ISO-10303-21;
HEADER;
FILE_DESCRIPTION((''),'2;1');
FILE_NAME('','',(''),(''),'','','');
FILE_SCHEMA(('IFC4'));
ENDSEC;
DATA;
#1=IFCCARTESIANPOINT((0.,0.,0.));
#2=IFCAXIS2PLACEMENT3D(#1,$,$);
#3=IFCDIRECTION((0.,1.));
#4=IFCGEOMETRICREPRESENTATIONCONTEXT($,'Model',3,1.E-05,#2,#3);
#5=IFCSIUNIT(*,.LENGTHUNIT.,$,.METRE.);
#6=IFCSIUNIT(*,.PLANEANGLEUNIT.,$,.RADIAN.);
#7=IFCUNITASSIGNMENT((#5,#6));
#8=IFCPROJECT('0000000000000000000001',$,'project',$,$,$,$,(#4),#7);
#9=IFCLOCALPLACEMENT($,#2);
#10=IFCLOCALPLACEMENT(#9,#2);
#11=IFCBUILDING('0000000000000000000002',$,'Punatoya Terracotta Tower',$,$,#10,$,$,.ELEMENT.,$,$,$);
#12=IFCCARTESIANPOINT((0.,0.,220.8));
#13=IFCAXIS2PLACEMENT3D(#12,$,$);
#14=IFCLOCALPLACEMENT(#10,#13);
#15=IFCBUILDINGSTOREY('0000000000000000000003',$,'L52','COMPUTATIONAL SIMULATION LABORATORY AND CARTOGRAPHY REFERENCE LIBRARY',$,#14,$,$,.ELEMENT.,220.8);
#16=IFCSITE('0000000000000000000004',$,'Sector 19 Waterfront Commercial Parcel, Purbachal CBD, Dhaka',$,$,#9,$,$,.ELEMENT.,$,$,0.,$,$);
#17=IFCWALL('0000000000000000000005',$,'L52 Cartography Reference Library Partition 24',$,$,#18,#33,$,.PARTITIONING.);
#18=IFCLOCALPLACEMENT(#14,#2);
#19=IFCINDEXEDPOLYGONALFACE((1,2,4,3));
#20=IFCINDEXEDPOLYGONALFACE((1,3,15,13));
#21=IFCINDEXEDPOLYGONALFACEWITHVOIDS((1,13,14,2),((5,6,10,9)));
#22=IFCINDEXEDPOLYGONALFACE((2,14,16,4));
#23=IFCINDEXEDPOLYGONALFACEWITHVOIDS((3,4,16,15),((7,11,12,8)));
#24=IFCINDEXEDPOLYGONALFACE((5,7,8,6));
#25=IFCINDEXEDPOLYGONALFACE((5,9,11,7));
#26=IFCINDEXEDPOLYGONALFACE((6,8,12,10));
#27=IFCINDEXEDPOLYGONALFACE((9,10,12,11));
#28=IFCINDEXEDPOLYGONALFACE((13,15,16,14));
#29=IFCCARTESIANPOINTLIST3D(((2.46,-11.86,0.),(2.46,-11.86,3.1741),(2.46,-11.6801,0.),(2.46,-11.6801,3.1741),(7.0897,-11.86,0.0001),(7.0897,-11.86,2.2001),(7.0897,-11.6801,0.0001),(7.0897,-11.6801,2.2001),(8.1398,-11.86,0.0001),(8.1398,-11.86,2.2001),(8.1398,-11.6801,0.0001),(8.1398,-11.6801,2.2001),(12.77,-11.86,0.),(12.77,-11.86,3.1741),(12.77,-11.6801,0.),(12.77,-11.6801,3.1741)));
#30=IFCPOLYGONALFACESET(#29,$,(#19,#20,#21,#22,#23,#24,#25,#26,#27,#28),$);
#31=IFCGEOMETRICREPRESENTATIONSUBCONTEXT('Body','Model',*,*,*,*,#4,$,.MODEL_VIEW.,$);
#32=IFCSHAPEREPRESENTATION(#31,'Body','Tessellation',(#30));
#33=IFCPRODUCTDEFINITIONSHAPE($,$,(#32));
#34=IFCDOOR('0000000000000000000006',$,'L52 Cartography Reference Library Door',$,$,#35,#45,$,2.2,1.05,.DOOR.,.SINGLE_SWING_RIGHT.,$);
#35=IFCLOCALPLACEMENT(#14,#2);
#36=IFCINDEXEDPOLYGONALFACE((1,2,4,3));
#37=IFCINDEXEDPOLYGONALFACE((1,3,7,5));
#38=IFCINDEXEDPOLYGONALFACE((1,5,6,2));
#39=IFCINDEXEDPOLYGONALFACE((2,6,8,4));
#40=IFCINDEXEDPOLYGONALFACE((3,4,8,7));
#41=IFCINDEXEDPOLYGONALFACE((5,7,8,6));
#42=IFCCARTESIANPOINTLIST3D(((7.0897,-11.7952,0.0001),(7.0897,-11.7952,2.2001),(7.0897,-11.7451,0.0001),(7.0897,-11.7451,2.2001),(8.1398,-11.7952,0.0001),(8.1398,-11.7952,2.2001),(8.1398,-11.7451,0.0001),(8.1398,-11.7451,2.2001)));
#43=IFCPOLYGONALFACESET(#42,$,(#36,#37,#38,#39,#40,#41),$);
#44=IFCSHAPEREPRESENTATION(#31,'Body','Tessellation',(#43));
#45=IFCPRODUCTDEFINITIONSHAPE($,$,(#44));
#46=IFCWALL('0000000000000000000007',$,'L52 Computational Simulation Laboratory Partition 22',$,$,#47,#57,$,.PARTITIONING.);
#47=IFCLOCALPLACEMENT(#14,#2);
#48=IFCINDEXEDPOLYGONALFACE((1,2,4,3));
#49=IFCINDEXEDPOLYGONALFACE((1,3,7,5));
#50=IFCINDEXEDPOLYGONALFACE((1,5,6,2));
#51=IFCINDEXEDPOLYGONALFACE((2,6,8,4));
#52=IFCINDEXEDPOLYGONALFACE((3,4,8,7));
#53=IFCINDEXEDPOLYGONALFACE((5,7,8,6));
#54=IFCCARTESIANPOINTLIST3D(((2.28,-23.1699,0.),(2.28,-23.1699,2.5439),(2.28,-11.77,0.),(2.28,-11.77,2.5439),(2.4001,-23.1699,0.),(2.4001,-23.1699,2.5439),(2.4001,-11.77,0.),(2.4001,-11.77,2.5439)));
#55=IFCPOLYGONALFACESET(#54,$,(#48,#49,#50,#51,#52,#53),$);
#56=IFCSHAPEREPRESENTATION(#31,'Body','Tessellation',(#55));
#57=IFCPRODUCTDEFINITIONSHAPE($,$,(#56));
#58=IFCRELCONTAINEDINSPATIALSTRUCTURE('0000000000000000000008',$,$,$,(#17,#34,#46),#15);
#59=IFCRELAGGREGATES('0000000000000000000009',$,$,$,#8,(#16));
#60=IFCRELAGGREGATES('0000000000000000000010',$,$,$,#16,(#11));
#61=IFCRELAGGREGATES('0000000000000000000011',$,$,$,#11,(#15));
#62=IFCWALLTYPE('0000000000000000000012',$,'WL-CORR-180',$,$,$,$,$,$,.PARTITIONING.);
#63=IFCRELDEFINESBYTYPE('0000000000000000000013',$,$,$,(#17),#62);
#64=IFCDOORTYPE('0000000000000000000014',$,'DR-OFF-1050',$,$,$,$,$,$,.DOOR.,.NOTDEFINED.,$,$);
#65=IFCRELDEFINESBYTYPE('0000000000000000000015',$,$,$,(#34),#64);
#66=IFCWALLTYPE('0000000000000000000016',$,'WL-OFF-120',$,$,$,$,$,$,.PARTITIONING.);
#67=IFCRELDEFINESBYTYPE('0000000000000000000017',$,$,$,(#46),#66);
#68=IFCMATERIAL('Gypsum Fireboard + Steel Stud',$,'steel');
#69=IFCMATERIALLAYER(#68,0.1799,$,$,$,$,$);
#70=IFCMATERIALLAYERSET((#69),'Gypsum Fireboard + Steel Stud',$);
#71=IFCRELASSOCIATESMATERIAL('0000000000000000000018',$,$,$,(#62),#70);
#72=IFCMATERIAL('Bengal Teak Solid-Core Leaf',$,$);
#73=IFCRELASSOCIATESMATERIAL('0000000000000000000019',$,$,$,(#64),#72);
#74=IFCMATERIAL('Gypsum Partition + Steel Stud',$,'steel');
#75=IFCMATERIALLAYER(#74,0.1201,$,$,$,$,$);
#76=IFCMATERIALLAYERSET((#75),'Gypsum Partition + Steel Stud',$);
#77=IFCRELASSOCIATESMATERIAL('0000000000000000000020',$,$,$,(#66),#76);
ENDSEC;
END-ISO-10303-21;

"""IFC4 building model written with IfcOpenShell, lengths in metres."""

from ifc_helpers import new_model, si_unit, direction, frame, frame_2d, origin, place, context, subcontext, project, spatial, rectangle, extrude, material, layer, layer_set, type_object, element, fill, save


model = new_model("IFC4")

# Units and contexts
model_context = context("Model", 3, precision=1e-05, world=origin(), true_north=direction((0.0, 1.0)))
body_context = subcontext(model_context, "Body", "Model", "MODEL_VIEW")
ifc_project = project(units=[si_unit("LENGTHUNIT", "METRE"), si_unit("PLANEANGLEUNIT", "RADIAN")], contexts=[model_context])

# Site, building, storey
site_placement = place(None, origin())
site = spatial("IfcSite", under=ifc_project, at=site_placement, Name="Sector 19 Waterfront Commercial Parcel, Purbachal CBD, Dhaka", CompositionType="ELEMENT", RefElevation=0.0)
building_placement = place(site_placement, origin())
building = spatial("IfcBuilding", under=site, at=building_placement, Name="Punatoya Terracotta Tower", CompositionType="ELEMENT")
storey_placement = place(building_placement, frame((0.0, 0.0, 220.8)))
storey = spatial("IfcBuildingStorey", under=building, at=storey_placement, Name="L52", Description="COMPUTATIONAL SIMULATION LABORATORY AND CARTOGRAPHY REFERENCE LIBRARY", CompositionType="ELEMENT", Elevation=220.8)

# Wall, opening, door
ifc_material_1 = material(Name="Gypsum Fireboard + Steel Stud", Category="steel")
ifc_layer_1 = layer(ifc_material_1, 0.1799)
ifc_layer_set_1 = layer_set([ifc_layer_1], Name="Gypsum Fireboard + Steel Stud")
wall_type_1 = type_object("IfcWallType", Name="WL-CORR-180", PredefinedType="PARTITIONING", material=ifc_layer_set_1)
wall_1_placement = place(storey_placement, frame((2.46, -11.77, 0.0), z_axis=(0.0, 0.0, 1.0), x_axis=(1.0, 0.0, 0.0)))
wall_1 = element("IfcWall", 1, at=wall_1_placement, inside=storey, type_object=wall_type_1, Name="L52 Cartography Reference Library Partition 24", PredefinedType="PARTITIONING", context=body_context, shape_type="SweptSolid", body=[
    extrude(rectangle(XDim=10.3101, YDim=0.1799, at=frame_2d((5.155, 0.0))), origin(), (0.0, 0.0, 1.0), 3.1741),
])
opening_placement = place(wall_1_placement, frame((4.6299, 0.0, 0.0)))
opening = element("IfcOpeningElement", 2, at=opening_placement, cuts=wall_1, PredefinedType="OPENING", context=body_context, shape_type="SweptSolid", body=[
    extrude(rectangle(XDim=1.05, YDim=2.2, at=frame_2d((0.5249, 1.1001))), frame((0.0, 0.0999, 0.0), z_axis=(0.0, -1.0, 0.0), x_axis=(1.0, 0.0, 0.0)), (0.0, 0.0, 1.0), 0.2),
])
ifc_material_2 = material(Name="Bengal Teak Solid-Core Leaf")
door_type = type_object("IfcDoorType", Name="DR-OFF-1050", OperationType="NOTDEFINED", PredefinedType="DOOR", material=ifc_material_2)
door_placement = place(opening_placement, origin())
door = element("IfcDoor", 3, at=door_placement, inside=storey, type_object=door_type, Name="L52 Cartography Reference Library Door", OperationType="SINGLE_SWING_RIGHT", OverallHeight=2.2, OverallWidth=1.05, PredefinedType="DOOR", context=body_context, shape_type="SweptSolid", body=[
    extrude(rectangle(XDim=1.05, YDim=2.2, at=frame_2d((0.5249, 1.1001))), frame((0.0, 0.0249, 0.0), z_axis=(0.0, -1.0, 0.0), x_axis=(1.0, 0.0, 0.0)), (0.0, 0.0, 1.0), 0.05),
])
fill(opening, door)

# Wall
ifc_material_3 = material(Name="Gypsum Partition + Steel Stud", Category="steel")
ifc_layer_2 = layer(ifc_material_3, 0.1201)
ifc_layer_set_2 = layer_set([ifc_layer_2], Name="Gypsum Partition + Steel Stud")
wall_type_2 = type_object("IfcWallType", Name="WL-OFF-120", PredefinedType="PARTITIONING", material=ifc_layer_set_2)
wall_2_placement = place(storey_placement, frame((2.3401, -11.77, 0.0), z_axis=(0.0, 0.0, 1.0), x_axis=(0.0, -1.0, 0.0)))
element("IfcWall", 4, at=wall_2_placement, inside=storey, type_object=wall_type_2, Name="L52 Computational Simulation Laboratory Partition 22", PredefinedType="PARTITIONING", context=body_context, shape_type="SweptSolid", body=[
    extrude(rectangle(XDim=11.3999, YDim=0.1201, at=frame_2d((5.7, 0.0))), origin(), (0.0, 0.0, 1.0), 2.5439),
])

save(model, "model.ifc")
